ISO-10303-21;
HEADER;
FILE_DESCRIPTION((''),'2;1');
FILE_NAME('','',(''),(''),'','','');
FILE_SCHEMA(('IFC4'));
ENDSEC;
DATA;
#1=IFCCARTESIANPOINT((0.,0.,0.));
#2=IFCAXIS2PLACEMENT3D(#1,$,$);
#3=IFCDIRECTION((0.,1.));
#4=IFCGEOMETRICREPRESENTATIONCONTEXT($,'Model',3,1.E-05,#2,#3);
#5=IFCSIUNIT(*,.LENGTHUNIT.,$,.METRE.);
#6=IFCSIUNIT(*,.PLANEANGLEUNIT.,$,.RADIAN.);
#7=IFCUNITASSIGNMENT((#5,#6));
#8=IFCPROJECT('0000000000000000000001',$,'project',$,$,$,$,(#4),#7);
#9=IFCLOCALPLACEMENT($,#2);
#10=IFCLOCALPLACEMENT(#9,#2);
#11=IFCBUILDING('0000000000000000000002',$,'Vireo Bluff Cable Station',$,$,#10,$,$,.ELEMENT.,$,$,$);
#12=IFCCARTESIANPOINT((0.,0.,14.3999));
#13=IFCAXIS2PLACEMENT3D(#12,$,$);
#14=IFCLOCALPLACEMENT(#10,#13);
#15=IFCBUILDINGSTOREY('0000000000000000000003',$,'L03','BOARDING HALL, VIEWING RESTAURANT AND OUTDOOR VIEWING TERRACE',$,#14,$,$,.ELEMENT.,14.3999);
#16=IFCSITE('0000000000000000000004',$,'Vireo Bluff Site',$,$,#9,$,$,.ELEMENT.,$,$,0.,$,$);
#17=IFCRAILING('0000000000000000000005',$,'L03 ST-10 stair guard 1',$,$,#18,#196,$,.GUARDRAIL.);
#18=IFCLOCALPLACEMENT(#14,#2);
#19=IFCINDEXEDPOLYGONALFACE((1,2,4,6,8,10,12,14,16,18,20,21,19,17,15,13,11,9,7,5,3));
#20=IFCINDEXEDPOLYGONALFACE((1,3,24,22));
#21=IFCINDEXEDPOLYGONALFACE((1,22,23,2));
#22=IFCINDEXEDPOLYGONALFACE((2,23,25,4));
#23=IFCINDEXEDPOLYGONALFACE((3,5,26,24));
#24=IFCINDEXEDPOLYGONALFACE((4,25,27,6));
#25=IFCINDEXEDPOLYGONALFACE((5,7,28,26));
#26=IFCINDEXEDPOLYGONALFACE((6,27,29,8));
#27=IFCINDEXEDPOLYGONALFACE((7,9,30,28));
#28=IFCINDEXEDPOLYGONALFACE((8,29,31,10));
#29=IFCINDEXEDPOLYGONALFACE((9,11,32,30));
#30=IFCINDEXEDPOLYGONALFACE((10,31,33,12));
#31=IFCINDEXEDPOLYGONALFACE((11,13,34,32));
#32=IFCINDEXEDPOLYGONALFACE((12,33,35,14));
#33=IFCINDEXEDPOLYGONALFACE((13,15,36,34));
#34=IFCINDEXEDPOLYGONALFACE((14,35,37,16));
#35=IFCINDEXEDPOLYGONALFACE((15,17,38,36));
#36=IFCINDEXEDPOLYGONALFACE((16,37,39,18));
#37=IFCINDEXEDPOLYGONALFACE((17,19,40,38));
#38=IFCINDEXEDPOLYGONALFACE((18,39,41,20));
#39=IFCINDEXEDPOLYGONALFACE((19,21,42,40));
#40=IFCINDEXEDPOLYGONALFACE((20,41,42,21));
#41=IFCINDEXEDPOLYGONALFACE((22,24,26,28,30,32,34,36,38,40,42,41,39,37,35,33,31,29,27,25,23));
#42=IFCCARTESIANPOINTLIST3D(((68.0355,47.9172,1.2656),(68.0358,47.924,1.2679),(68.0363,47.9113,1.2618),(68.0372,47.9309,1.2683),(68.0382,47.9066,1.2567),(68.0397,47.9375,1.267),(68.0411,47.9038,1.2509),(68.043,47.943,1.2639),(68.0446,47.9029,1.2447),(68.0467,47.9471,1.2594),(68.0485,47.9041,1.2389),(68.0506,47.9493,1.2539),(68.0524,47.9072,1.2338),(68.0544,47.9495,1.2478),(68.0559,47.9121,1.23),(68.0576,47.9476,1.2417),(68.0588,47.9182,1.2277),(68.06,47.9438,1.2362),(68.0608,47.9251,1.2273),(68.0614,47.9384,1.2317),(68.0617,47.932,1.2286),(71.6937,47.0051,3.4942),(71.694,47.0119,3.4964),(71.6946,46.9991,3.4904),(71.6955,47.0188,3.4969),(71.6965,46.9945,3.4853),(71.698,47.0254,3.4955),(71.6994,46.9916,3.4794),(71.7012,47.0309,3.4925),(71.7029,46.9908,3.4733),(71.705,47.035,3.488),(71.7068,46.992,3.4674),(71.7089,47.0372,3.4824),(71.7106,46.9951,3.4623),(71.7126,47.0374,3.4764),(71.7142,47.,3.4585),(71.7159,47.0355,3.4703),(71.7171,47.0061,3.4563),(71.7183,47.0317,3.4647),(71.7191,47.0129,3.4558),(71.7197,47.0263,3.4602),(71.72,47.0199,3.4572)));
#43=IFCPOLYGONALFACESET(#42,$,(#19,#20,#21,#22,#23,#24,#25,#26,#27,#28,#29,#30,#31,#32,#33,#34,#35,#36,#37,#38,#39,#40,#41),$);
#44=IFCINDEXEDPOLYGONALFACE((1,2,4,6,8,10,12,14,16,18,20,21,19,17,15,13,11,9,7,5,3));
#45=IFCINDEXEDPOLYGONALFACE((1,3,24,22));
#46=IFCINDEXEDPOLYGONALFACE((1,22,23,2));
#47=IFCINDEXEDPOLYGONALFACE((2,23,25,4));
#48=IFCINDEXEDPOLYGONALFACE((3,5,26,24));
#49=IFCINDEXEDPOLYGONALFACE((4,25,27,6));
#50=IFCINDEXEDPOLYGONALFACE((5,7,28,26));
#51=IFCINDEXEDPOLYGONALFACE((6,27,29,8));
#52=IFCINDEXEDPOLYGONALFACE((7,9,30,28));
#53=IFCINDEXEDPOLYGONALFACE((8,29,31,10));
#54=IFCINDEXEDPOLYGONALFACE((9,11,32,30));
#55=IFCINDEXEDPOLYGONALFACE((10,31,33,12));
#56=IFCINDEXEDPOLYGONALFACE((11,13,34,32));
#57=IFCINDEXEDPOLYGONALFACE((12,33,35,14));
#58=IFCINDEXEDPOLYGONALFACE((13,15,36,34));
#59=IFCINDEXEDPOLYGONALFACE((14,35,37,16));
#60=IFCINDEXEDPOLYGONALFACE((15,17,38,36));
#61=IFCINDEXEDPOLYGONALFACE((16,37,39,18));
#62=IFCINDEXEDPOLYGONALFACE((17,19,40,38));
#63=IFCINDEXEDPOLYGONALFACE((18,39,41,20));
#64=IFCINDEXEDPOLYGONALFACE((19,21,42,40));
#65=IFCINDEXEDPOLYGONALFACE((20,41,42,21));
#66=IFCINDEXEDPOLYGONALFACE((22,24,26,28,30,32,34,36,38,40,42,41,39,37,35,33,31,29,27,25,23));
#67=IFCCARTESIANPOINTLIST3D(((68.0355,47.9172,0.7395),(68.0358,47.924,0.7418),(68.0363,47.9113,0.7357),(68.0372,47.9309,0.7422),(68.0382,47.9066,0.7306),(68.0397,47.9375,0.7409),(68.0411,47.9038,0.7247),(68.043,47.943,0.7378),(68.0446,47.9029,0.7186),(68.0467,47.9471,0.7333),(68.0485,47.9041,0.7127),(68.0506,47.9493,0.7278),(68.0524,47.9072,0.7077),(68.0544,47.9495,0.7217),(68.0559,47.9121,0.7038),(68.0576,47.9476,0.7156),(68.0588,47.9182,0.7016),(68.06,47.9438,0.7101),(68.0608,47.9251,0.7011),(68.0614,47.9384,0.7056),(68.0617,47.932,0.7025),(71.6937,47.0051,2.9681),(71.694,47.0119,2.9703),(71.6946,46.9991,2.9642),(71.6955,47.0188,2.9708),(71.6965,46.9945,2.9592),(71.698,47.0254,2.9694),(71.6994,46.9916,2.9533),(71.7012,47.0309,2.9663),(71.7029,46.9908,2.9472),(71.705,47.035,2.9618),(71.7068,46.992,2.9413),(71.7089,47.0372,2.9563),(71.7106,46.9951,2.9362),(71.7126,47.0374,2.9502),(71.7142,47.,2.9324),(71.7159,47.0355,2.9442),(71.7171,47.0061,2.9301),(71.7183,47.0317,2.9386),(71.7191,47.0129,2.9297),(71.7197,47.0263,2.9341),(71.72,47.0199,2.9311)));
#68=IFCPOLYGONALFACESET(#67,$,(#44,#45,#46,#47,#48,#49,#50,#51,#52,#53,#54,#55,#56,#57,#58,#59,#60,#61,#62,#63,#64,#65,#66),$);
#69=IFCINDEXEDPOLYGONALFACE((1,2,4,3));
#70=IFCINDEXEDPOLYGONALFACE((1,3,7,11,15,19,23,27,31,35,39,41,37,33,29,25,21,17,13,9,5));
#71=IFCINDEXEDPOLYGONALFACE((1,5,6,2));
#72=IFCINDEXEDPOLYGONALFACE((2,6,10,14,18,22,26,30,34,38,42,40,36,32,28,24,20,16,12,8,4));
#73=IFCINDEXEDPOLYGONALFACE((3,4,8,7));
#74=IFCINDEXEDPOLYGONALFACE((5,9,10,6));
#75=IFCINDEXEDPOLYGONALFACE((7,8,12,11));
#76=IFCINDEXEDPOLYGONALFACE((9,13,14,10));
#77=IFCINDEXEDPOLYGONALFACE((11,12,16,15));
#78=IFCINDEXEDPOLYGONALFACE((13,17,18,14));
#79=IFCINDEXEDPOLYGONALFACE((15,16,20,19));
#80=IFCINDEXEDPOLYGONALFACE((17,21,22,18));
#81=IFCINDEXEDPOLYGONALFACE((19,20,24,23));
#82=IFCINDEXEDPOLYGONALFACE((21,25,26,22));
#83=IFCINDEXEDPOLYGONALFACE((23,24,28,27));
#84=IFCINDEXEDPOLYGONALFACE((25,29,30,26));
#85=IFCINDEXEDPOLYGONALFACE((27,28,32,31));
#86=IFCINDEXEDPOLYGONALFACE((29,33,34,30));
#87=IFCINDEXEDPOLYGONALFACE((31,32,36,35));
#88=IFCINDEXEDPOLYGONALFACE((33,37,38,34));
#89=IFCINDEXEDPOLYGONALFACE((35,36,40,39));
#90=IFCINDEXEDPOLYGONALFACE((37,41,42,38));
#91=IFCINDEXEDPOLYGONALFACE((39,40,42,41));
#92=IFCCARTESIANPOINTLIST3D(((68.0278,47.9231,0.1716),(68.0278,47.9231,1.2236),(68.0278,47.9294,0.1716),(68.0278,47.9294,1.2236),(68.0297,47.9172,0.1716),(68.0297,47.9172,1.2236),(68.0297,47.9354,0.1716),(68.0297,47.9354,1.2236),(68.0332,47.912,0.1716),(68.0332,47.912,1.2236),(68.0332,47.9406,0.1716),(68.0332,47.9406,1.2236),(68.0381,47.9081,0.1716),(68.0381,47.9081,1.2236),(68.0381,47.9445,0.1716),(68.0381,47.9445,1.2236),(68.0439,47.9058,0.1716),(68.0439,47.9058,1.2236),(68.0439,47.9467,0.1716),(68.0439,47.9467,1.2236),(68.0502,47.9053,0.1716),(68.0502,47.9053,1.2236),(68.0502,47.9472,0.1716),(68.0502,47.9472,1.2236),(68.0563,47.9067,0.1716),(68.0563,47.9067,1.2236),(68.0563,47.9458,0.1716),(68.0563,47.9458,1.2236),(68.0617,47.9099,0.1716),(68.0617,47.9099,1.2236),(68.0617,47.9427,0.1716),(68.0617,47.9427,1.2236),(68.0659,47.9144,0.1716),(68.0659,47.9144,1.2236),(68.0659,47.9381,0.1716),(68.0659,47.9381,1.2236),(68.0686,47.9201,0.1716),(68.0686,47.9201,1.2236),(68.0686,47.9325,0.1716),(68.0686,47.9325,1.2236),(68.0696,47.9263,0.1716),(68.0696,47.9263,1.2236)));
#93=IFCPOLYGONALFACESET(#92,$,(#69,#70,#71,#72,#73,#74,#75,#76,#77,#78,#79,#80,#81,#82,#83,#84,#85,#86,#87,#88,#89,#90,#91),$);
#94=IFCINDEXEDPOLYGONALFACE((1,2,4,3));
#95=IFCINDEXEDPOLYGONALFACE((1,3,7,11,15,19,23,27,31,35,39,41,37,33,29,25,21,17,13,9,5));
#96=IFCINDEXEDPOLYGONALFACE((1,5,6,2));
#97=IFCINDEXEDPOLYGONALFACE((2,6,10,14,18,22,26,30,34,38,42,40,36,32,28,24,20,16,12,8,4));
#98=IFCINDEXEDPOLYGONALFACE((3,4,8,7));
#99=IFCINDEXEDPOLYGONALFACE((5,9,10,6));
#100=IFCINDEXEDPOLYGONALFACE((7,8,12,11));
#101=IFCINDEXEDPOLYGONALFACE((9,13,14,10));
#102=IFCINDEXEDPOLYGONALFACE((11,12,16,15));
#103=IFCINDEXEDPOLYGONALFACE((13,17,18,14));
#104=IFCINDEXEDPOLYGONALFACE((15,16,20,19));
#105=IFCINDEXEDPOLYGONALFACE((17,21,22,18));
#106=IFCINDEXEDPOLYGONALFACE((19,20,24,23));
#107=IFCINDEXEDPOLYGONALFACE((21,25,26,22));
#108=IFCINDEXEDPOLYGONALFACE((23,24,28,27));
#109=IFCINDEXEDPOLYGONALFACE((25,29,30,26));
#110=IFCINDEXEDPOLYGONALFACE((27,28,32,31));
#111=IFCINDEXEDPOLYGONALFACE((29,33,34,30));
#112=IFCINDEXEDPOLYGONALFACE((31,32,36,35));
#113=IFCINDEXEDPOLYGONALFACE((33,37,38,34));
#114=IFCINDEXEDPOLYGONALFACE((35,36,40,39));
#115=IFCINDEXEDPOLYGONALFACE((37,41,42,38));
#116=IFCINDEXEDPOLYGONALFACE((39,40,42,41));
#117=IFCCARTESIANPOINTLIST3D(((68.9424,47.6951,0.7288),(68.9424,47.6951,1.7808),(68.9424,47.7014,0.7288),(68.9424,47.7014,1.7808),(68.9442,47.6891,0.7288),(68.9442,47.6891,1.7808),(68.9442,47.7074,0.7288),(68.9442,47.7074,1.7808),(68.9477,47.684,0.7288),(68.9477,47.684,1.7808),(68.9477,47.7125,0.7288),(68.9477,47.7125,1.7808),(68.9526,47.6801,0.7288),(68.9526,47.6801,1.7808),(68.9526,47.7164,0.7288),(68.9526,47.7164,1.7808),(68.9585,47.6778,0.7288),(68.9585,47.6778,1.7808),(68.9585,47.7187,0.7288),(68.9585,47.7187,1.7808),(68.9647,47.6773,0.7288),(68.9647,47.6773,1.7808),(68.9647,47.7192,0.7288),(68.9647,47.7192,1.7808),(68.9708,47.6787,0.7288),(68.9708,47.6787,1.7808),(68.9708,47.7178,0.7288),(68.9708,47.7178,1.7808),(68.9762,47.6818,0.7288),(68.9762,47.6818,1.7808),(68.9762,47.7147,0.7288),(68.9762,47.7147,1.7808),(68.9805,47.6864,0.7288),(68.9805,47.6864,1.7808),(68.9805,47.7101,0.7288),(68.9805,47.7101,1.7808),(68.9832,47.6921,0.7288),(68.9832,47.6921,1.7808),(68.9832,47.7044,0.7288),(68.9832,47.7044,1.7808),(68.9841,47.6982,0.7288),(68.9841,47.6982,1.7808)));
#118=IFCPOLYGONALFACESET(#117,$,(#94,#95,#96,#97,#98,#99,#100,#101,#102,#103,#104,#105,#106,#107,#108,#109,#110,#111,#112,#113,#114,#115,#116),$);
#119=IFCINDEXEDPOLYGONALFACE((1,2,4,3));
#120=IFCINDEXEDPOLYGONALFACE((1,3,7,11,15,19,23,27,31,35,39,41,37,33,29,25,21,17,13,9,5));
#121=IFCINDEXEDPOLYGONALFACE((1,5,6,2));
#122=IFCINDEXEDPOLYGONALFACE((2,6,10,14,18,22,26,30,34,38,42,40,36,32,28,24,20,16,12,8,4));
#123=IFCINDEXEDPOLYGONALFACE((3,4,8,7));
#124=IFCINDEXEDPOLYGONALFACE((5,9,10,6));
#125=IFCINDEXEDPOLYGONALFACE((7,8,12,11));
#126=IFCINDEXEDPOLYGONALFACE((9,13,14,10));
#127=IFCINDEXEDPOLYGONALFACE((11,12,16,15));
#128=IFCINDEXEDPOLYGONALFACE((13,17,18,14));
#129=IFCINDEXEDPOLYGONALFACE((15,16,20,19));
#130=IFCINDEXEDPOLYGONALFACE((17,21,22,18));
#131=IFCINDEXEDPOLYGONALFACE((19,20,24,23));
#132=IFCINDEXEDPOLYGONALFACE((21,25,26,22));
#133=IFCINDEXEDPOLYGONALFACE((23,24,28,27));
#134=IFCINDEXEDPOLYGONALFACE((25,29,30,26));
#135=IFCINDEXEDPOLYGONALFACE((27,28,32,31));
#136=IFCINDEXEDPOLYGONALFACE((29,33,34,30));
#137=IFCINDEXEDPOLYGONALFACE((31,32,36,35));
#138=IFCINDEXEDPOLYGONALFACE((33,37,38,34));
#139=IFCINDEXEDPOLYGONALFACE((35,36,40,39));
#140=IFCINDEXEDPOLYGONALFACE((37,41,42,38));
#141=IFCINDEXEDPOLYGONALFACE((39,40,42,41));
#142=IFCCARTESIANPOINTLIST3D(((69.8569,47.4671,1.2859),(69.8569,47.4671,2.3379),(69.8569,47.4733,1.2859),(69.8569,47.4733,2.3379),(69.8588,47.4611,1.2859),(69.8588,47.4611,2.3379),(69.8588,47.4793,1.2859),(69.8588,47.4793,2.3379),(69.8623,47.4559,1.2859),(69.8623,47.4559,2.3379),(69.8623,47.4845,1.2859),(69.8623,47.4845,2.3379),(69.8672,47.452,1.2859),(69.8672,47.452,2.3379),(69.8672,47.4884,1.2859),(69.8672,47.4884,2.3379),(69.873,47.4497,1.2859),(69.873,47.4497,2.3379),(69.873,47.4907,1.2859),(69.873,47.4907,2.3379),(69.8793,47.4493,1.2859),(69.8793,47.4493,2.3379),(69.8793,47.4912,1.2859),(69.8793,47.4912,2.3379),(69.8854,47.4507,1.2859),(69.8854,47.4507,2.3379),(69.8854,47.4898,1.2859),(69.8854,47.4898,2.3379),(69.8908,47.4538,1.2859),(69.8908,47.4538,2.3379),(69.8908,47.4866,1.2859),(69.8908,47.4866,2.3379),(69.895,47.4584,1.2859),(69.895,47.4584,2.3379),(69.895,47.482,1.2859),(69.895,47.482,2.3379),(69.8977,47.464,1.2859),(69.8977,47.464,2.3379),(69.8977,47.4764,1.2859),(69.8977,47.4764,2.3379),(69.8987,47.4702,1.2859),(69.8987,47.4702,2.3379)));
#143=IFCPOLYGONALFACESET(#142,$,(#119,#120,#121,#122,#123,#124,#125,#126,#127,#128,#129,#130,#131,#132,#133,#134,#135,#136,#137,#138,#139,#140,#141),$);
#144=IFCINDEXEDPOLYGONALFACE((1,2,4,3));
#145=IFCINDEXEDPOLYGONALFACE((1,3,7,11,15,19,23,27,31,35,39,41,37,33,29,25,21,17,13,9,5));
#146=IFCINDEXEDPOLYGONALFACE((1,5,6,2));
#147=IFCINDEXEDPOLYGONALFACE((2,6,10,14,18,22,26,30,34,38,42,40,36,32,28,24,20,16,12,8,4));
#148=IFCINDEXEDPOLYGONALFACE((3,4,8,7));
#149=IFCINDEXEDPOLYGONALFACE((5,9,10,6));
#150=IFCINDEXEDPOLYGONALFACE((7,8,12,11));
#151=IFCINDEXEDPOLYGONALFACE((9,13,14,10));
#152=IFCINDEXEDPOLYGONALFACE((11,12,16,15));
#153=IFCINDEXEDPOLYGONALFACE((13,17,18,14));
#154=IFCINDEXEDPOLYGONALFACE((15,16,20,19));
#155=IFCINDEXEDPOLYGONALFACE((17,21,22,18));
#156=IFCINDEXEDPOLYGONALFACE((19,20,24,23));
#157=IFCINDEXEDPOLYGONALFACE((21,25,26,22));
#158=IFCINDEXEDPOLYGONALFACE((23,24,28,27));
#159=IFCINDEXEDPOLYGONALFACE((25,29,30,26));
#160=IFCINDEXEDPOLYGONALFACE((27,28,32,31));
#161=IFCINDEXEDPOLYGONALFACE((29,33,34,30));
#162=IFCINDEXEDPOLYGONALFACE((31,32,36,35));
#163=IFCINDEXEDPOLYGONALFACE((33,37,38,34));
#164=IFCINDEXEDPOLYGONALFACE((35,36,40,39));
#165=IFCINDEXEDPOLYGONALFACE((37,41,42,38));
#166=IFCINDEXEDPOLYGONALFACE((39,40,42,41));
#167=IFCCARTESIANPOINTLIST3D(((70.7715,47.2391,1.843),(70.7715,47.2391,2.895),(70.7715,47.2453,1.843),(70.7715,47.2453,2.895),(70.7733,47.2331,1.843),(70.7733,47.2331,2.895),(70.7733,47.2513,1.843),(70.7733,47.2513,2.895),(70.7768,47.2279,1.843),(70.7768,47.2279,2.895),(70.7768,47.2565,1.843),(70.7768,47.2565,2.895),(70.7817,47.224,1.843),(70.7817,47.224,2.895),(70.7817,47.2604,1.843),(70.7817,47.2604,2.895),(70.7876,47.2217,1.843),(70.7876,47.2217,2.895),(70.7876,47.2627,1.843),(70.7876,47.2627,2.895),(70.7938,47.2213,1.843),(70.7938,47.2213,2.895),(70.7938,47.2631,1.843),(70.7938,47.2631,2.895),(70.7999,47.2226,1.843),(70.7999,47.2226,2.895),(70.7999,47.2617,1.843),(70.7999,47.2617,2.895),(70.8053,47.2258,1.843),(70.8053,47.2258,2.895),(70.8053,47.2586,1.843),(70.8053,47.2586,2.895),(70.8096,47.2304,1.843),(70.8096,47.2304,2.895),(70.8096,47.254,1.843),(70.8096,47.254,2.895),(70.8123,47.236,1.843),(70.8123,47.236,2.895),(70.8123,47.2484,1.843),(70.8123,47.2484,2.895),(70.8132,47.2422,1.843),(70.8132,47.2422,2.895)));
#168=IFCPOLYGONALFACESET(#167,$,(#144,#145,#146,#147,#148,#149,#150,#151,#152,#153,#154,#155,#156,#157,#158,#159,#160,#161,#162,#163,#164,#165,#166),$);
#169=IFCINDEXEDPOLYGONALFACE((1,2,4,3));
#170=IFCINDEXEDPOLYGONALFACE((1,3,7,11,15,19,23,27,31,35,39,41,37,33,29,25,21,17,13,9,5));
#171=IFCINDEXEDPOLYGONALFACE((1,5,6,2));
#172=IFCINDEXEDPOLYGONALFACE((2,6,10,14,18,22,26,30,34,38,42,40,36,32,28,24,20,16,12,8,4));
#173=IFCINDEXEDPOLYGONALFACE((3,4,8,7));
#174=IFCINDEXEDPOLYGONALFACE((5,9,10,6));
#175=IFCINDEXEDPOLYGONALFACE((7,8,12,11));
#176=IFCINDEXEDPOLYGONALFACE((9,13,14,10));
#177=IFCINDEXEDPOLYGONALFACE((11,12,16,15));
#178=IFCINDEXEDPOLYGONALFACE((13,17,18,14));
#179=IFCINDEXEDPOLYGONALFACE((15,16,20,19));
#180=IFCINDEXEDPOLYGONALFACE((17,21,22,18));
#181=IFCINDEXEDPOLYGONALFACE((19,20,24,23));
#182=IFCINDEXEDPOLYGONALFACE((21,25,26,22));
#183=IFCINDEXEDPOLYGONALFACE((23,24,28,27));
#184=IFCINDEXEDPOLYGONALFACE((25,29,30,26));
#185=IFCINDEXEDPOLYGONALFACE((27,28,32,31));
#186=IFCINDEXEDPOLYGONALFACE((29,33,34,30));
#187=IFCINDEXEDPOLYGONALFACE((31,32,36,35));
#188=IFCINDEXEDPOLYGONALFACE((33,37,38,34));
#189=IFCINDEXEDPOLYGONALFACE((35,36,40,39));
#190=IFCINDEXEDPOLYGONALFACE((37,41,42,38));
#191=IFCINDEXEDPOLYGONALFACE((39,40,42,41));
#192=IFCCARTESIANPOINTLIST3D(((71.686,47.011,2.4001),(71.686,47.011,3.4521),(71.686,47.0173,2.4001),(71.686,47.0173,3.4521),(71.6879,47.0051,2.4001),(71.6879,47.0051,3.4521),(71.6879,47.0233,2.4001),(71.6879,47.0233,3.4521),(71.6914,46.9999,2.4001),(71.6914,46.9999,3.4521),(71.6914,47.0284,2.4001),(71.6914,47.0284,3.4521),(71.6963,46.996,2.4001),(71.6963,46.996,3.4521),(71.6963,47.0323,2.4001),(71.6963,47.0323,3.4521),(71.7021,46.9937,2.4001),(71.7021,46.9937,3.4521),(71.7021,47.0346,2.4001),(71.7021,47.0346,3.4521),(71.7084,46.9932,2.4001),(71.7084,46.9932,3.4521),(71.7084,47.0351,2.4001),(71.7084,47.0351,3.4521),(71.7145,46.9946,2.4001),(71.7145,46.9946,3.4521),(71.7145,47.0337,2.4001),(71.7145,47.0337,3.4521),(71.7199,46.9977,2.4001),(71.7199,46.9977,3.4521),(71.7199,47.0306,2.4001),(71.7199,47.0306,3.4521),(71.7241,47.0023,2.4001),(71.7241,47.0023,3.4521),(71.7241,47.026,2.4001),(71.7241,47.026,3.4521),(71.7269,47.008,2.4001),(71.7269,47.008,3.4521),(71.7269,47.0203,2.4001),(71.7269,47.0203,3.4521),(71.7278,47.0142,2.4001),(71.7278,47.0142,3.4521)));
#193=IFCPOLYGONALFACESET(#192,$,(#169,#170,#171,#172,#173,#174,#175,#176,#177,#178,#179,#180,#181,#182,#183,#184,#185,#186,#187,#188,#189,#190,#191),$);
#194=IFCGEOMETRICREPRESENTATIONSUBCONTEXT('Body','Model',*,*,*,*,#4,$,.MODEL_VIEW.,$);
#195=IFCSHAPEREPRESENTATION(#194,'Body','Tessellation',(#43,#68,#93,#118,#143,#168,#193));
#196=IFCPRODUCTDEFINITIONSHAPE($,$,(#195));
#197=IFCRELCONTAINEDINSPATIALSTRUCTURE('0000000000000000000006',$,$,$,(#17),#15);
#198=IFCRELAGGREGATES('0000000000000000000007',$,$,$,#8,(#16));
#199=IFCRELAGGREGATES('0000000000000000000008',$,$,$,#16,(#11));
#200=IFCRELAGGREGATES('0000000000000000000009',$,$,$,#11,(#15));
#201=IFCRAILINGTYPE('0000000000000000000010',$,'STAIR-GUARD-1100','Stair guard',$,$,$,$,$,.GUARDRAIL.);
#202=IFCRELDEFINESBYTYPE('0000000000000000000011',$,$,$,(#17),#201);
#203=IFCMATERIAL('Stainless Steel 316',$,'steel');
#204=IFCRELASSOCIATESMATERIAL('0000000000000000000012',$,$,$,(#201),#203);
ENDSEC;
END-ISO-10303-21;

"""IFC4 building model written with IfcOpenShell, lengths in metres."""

from ifc_helpers import new_model, si_unit, direction, frame, origin, origin_2d, place, context, subcontext, project, spatial, circle, extrude, material, type_object, element, save


model = new_model("IFC4")

# Units and contexts
model_context = context("Model", 3, precision=1e-05, world=origin(), true_north=direction((0.0, 1.0)))
body_context = subcontext(model_context, "Body", "Model", "MODEL_VIEW")
ifc_project = project(units=[si_unit("LENGTHUNIT", "METRE"), si_unit("PLANEANGLEUNIT", "RADIAN")], contexts=[model_context])

# Site, building, storey
site_placement = place(None, origin())
site = spatial("IfcSite", under=ifc_project, at=site_placement, Name="Vireo Bluff Site", CompositionType="ELEMENT", RefElevation=0.0)
building_placement = place(site_placement, origin())
building = spatial("IfcBuilding", under=site, at=building_placement, Name="Vireo Bluff Cable Station", CompositionType="ELEMENT")
storey_placement = place(building_placement, frame((0.0, 0.0, 14.3999)))
storey = spatial("IfcBuildingStorey", under=building, at=storey_placement, Name="L03", Description="BOARDING HALL, VIEWING RESTAURANT AND OUTDOOR VIEWING TERRACE", CompositionType="ELEMENT", Elevation=14.3999)

# Railing
ifc_material_1 = material(Name="Stainless Steel 316", Category="steel")
railing_type_1 = type_object("IfcRailingType", Name="STAIR-GUARD-1100", Description="Stair guard", PredefinedType="GUARDRAIL", material=ifc_material_1)
railing_1_placement = place(storey_placement, frame((68.0486, 47.9263, 0.1716)))
element("IfcRailing", 1, at=railing_1_placement, inside=storey, type_object=railing_type_1, Name="L03 ST-10 stair guard 1", PredefinedType="GUARDRAIL", context=body_context, shape_type="SweptSolid", body=[
    extrude(circle(Radius=0.0239, at=origin_2d()), frame((0.0, 0.0, 1.0762), z_axis=(0.835287, -0.208264, 0.508843), x_axis=(0.241926, 0.970295, 0.0)), (0.0, 0.0, 1.0), 4.3796),
    extrude(circle(Radius=0.0239, at=origin_2d()), frame((0.0, 0.0, 0.55), z_axis=(0.835287, -0.208264, 0.508843), x_axis=(0.241926, 0.970295, 0.0)), (0.0, 0.0, 1.0), 4.3796),
    extrude(circle(Radius=0.021, at=origin_2d()), origin(), (0.0, 0.0, 1.0), 1.052),
    extrude(circle(Radius=0.021, at=origin_2d()), frame((0.9146, -0.228, 0.5571)), (0.0, 0.0, 1.0), 1.052),
    extrude(circle(Radius=0.021, at=origin_2d()), frame((1.8291, -0.4561, 1.1143)), (0.0, 0.0, 1.0), 1.052),
    extrude(circle(Radius=0.021, at=origin_2d()), frame((2.7437, -0.6841, 1.6714)), (0.0, 0.0, 1.0), 1.052),
    extrude(circle(Radius=0.021, at=origin_2d()), frame((3.6582, -0.9121, 2.2285)), (0.0, 0.0, 1.0), 1.052),
])

save(model, "model.ifc")
